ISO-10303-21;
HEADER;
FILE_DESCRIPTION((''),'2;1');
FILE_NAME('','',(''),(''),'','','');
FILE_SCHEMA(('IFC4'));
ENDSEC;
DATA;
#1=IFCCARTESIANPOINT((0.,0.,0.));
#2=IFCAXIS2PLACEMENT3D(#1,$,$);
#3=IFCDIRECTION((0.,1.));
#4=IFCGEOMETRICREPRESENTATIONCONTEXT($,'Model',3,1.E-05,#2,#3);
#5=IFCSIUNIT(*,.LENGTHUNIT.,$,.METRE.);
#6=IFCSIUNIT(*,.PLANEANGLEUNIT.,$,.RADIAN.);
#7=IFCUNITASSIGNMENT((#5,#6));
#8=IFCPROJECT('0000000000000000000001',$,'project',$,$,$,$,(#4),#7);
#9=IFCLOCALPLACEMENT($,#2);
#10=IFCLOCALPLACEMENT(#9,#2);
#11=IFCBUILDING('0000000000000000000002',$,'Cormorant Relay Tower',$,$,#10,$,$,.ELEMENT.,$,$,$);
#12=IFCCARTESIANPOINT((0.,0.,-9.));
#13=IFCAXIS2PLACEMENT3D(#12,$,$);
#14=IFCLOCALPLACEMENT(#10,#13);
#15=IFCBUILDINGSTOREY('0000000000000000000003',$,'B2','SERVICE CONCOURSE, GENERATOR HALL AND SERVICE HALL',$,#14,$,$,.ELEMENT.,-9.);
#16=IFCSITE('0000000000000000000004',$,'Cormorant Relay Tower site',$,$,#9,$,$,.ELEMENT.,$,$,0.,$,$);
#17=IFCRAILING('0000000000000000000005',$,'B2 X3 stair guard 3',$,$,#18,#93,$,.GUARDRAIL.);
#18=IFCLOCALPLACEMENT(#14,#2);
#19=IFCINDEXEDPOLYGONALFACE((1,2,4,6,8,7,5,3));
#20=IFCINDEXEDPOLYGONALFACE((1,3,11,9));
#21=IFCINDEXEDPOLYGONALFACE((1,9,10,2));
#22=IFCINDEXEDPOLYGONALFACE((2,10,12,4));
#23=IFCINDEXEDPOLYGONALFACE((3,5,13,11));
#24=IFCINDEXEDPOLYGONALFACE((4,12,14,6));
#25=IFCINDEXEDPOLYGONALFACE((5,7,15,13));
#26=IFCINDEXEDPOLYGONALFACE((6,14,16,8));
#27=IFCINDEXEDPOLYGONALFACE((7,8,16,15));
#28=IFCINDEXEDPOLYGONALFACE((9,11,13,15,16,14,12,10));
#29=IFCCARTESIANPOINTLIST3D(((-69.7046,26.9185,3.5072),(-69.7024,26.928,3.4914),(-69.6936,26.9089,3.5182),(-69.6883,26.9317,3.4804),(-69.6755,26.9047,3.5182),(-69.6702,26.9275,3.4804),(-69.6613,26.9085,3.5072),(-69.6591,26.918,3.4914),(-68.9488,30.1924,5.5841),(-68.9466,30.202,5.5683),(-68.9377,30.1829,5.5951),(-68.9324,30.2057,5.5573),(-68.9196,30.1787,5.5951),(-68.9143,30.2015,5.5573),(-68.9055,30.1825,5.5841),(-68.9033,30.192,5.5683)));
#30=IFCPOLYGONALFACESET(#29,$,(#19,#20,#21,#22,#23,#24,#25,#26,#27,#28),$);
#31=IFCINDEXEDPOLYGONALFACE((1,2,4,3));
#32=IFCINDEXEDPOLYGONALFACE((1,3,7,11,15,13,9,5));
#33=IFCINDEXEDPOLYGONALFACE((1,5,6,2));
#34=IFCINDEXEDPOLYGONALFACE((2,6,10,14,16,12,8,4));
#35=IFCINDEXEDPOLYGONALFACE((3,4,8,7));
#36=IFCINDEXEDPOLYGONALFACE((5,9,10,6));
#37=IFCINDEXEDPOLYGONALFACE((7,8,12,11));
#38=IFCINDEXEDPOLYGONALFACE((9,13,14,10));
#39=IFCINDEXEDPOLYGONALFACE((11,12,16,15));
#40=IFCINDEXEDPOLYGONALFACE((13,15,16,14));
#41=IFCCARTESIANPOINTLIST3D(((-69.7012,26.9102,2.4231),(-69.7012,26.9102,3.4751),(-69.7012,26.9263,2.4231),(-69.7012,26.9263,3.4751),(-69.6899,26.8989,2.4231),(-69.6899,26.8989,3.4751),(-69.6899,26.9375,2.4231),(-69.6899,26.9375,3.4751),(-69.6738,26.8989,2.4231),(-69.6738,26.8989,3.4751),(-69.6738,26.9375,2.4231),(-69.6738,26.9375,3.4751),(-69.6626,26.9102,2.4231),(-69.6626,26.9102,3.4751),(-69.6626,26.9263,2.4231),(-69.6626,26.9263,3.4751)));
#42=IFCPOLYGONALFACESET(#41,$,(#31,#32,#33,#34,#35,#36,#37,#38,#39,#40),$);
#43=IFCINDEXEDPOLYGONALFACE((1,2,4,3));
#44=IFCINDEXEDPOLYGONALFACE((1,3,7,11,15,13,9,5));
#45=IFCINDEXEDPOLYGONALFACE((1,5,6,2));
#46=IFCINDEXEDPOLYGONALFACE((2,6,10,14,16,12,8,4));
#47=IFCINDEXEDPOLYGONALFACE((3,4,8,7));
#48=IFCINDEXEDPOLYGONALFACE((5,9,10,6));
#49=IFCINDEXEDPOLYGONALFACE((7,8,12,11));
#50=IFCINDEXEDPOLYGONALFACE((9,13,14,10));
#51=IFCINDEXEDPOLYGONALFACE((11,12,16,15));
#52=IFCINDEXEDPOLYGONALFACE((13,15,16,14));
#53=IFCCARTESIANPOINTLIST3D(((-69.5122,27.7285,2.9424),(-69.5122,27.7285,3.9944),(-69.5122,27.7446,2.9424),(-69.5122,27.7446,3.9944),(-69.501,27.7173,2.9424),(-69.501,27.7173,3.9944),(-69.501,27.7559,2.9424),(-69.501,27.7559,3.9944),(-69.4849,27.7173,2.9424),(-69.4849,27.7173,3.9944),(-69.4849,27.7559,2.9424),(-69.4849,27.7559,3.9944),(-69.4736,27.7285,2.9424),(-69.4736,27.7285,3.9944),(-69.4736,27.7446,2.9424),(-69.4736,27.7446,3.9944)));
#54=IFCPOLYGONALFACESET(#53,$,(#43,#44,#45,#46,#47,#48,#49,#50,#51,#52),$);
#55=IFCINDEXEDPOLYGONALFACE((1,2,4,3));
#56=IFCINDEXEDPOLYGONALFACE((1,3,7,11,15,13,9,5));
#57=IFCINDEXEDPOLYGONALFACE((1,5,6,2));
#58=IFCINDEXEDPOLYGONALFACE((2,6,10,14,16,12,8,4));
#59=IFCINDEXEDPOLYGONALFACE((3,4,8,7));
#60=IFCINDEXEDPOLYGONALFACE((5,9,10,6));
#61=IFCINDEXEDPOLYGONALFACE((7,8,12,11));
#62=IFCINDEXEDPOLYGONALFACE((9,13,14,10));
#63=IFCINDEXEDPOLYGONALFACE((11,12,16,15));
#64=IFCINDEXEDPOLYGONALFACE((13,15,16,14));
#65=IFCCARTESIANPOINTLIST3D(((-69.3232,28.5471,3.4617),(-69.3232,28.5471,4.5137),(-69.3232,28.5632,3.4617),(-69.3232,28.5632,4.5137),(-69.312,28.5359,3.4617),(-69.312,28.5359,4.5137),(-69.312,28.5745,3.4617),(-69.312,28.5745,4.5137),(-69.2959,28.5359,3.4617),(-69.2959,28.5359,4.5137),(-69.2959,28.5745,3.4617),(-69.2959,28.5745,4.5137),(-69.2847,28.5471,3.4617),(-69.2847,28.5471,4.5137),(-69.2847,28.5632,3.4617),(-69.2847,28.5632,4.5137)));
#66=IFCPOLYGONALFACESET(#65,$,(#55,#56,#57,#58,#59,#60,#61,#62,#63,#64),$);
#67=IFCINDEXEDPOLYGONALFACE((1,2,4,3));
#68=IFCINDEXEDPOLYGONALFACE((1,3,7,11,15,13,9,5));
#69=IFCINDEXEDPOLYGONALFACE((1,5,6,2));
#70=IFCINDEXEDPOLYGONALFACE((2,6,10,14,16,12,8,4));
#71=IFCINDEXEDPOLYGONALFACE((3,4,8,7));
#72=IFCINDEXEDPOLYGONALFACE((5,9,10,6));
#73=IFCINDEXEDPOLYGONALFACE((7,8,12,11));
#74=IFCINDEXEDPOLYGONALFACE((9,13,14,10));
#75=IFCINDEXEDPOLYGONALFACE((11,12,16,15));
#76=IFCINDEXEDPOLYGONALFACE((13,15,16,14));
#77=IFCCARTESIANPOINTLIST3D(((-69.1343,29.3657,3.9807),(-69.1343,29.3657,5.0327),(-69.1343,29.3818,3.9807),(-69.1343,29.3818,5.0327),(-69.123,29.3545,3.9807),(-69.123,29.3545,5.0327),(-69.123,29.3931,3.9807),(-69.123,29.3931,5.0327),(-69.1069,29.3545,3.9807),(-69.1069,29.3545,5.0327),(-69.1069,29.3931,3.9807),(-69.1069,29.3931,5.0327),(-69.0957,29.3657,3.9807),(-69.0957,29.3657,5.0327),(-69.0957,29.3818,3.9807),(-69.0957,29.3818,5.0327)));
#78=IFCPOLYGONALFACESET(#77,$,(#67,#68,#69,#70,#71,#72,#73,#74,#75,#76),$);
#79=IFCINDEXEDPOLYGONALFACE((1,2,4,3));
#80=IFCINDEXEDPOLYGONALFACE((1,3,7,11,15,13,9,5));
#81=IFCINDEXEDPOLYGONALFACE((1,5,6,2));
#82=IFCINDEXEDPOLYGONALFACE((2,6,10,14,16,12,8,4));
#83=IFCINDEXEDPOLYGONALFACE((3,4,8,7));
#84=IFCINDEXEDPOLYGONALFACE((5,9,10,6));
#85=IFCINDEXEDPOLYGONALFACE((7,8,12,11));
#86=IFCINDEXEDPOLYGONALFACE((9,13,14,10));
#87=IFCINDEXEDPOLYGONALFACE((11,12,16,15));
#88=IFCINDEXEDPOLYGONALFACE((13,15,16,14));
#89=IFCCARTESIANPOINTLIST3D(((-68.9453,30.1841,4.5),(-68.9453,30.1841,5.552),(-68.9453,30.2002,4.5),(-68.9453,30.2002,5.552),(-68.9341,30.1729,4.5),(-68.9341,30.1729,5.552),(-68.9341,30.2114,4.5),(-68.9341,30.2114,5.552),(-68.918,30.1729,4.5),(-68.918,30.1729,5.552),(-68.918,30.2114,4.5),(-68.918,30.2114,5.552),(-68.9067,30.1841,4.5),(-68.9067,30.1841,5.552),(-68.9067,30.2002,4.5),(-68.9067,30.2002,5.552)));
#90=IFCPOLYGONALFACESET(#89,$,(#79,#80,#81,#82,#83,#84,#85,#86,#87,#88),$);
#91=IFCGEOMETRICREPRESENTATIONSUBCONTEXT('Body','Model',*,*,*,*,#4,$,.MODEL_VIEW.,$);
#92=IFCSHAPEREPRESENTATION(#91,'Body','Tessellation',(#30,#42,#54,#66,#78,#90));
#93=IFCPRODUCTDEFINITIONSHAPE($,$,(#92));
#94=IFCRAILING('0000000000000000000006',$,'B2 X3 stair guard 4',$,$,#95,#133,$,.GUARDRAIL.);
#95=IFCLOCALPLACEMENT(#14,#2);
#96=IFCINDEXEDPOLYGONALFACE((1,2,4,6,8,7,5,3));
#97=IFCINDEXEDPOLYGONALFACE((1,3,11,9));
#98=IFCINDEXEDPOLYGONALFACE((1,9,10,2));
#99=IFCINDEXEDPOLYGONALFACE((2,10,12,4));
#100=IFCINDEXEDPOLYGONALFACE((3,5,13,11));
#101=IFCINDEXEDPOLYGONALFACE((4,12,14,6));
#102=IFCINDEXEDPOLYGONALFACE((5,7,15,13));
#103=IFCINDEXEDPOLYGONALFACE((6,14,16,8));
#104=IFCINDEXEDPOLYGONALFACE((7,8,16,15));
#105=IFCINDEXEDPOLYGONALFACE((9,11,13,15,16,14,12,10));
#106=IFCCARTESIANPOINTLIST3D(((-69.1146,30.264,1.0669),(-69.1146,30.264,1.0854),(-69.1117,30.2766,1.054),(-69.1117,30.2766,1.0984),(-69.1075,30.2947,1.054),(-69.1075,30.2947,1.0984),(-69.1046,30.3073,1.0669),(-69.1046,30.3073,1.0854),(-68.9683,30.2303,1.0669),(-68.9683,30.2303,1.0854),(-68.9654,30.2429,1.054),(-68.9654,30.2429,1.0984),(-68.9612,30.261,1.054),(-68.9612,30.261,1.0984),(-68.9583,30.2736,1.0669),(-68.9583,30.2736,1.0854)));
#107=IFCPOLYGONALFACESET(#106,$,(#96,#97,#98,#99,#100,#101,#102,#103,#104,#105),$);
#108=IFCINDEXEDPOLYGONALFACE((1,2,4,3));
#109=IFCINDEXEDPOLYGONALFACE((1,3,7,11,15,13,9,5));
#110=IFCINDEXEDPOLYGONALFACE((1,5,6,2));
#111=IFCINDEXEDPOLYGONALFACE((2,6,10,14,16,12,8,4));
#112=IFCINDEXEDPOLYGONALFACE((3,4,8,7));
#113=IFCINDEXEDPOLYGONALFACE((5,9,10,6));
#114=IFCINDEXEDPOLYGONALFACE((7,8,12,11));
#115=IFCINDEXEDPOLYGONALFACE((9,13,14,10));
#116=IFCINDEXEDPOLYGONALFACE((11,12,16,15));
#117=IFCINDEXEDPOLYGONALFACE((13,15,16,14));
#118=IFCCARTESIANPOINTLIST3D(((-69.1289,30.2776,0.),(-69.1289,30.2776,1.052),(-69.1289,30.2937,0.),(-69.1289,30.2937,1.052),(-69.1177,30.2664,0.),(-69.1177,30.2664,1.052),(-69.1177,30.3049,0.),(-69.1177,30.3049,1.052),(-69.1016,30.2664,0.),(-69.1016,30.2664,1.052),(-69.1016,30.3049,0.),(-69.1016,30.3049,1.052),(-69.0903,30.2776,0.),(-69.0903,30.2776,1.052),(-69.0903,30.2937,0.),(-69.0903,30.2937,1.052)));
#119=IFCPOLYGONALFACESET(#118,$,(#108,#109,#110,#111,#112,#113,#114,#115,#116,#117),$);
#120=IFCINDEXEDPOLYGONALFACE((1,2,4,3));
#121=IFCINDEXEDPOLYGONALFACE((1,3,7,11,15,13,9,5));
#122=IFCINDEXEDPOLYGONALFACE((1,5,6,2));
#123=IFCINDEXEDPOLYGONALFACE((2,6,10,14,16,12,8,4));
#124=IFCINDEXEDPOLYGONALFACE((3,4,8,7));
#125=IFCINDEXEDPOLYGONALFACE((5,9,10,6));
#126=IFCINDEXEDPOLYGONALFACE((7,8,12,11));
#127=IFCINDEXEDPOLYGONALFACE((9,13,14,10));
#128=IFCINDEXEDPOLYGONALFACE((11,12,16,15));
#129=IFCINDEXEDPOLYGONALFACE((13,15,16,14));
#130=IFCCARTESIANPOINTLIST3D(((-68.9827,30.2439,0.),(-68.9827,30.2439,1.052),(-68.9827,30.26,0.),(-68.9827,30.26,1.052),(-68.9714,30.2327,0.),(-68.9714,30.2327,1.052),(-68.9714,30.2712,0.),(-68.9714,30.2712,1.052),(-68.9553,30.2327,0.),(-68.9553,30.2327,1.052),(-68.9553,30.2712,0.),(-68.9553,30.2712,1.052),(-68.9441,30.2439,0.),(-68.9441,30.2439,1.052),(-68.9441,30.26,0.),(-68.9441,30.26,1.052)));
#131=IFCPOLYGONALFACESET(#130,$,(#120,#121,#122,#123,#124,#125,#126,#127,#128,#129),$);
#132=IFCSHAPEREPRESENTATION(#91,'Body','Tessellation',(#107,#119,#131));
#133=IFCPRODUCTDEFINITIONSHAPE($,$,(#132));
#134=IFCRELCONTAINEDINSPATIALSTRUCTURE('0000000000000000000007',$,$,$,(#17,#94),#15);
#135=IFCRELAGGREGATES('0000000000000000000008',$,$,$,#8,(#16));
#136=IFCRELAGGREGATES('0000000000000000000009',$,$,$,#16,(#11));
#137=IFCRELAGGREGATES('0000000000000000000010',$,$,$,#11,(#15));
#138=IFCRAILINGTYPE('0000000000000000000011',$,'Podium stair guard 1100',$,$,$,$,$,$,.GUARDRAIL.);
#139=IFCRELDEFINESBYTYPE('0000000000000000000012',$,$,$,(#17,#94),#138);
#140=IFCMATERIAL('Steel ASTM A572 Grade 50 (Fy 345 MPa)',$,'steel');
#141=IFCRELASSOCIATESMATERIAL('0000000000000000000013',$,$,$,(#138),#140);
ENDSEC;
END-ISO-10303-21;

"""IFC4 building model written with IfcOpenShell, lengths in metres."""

from ifc_helpers import new_model, si_unit, direction, frame, origin, place, context, subcontext, project, spatial, polyline, outline, extrude, material, type_object, element, save


model = new_model("IFC4")

# Units and contexts
model_context = context("Model", 3, precision=1e-05, world=origin(), true_north=direction((0.0, 1.0)))
body_context = subcontext(model_context, "Body", "Model", "MODEL_VIEW")
ifc_project = project(units=[si_unit("LENGTHUNIT", "METRE"), si_unit("PLANEANGLEUNIT", "RADIAN")], contexts=[model_context])

# Site, building, storey
site_placement = place(None, origin())
site = spatial("IfcSite", under=ifc_project, at=site_placement, Name="Cormorant Relay Tower site", CompositionType="ELEMENT", RefElevation=0.0)
building_placement = place(site_placement, origin())
building = spatial("IfcBuilding", under=site, at=building_placement, Name="Cormorant Relay Tower", CompositionType="ELEMENT")
storey_placement = place(building_placement, frame((0.0, 0.0, -9.0)))
storey = spatial("IfcBuildingStorey", under=building, at=storey_placement, Name="B2", Description="SERVICE CONCOURSE, GENERATOR HALL AND SERVICE HALL", CompositionType="ELEMENT", Elevation=-9.0)

# Railings
ifc_material_1 = material(Name="Steel ASTM A572 Grade 50 (Fy 345 MPa)", Category="steel")
railing_type_1 = type_object("IfcRailingType", Name="Podium stair guard 1100", PredefinedType="GUARDRAIL", material=ifc_material_1)
railing_1_placement = place(storey_placement, frame((-69.6819, 26.9182, 2.4231)))
element("IfcRailing", 1, at=railing_1_placement, inside=storey, type_object=railing_type_1, Name="B2 X3 stair guard 3", PredefinedType="GUARDRAIL", context=body_context, shape_type="SweptSolid", body=[
    extrude(outline(polyline([(0.0222, 0.0093), (0.0093, 0.0222), (-0.0093, 0.0222), (-0.0222, 0.0093), (-0.0222, -0.0093), (-0.0093, -0.0222), (0.0093, -0.0222), (0.0222, -0.0093), (0.0222, 0.0093)])), frame((0.0, 0.0, 1.0762), z_axis=(0.191351, 0.828817, 0.525783), x_axis=(-0.974369, 0.224955, 0.0)), (0.0, 0.0, 1.0), 3.9502),
    extrude(outline(polyline([(0.0193, 0.0081), (0.0081, 0.0193), (-0.0081, 0.0193), (-0.0193, 0.0081), (-0.0193, -0.0081), (-0.0081, -0.0193), (0.0081, -0.0193), (0.0193, -0.0081), (0.0193, 0.0081)])), origin(), (0.0, 0.0, 1.0), 1.052),
    extrude(outline(polyline([(0.0193, 0.0081), (0.0081, 0.0193), (-0.0081, 0.0193), (-0.0193, 0.0081), (-0.0193, -0.0081), (-0.0081, -0.0193), (0.0081, -0.0193), (0.0193, -0.0081), (0.0193, 0.0081)])), frame((0.189, 0.8184, 0.5193)), (0.0, 0.0, 1.0), 1.052),
    extrude(outline(polyline([(0.0193, 0.0081), (0.0081, 0.0193), (-0.0081, 0.0193), (-0.0193, 0.0081), (-0.0193, -0.0081), (-0.0081, -0.0193), (0.0081, -0.0193), (0.0193, -0.0081), (0.0193, 0.0081)])), frame((0.3779, 1.637, 1.0386)), (0.0, 0.0, 1.0), 1.052),
    extrude(outline(polyline([(0.0193, 0.0081), (0.0081, 0.0193), (-0.0081, 0.0193), (-0.0193, 0.0081), (-0.0193, -0.0081), (-0.0081, -0.0193), (0.0081, -0.0193), (0.0193, -0.0081), (0.0193, 0.0081)])), frame((0.5669, 2.4556, 1.5576)), (0.0, 0.0, 1.0), 1.052),
    extrude(outline(polyline([(0.0193, 0.0081), (0.0081, 0.0193), (-0.0081, 0.0193), (-0.0193, 0.0081), (-0.0193, -0.0081), (-0.0081, -0.0193), (0.0081, -0.0193), (0.0193, -0.0081), (0.0193, 0.0081)])), frame((0.7559, 3.2739, 2.0769)), (0.0, 0.0, 1.0), 1.052),
])
railing_2_placement = place(storey_placement, frame((-69.1096, 30.2856, 0.0)))
element("IfcRailing", 2, at=railing_2_placement, inside=storey, type_object=railing_type_1, Name="B2 X3 stair guard 4", PredefinedType="GUARDRAIL", context=body_context, shape_type="SweptSolid", body=[
    extrude(outline(polyline([(0.0222, 0.0093), (0.0093, 0.0222), (-0.0093, 0.0222), (-0.0222, 0.0093), (-0.0222, -0.0093), (-0.0093, -0.0222), (0.0093, -0.0222), (0.0222, -0.0093), (0.0222, 0.0093)])), frame((0.0, 0.0, 1.0762), z_axis=(0.974473, -0.224503, 0.0), x_axis=(0.224503, 0.974473, 0.0)), (0.0, 0.0, 1.0), 0.1501),
    extrude(outline(polyline([(0.0193, 0.0081), (0.0081, 0.0193), (-0.0081, 0.0193), (-0.0193, 0.0081), (-0.0193, -0.0081), (-0.0081, -0.0193), (0.0081, -0.0193), (0.0193, -0.0081), (0.0193, 0.0081)])), origin(), (0.0, 0.0, 1.0), 1.052),
    extrude(outline(polyline([(0.0193, 0.0081), (0.0081, 0.0193), (-0.0081, 0.0193), (-0.0193, 0.0081), (-0.0193, -0.0081), (-0.0081, -0.0193), (0.0081, -0.0193), (0.0193, -0.0081), (0.0193, 0.0081)])), frame((0.1462, -0.0337, 0.0)), (0.0, 0.0, 1.0), 1.052),
])

save(model, "model.ifc")
